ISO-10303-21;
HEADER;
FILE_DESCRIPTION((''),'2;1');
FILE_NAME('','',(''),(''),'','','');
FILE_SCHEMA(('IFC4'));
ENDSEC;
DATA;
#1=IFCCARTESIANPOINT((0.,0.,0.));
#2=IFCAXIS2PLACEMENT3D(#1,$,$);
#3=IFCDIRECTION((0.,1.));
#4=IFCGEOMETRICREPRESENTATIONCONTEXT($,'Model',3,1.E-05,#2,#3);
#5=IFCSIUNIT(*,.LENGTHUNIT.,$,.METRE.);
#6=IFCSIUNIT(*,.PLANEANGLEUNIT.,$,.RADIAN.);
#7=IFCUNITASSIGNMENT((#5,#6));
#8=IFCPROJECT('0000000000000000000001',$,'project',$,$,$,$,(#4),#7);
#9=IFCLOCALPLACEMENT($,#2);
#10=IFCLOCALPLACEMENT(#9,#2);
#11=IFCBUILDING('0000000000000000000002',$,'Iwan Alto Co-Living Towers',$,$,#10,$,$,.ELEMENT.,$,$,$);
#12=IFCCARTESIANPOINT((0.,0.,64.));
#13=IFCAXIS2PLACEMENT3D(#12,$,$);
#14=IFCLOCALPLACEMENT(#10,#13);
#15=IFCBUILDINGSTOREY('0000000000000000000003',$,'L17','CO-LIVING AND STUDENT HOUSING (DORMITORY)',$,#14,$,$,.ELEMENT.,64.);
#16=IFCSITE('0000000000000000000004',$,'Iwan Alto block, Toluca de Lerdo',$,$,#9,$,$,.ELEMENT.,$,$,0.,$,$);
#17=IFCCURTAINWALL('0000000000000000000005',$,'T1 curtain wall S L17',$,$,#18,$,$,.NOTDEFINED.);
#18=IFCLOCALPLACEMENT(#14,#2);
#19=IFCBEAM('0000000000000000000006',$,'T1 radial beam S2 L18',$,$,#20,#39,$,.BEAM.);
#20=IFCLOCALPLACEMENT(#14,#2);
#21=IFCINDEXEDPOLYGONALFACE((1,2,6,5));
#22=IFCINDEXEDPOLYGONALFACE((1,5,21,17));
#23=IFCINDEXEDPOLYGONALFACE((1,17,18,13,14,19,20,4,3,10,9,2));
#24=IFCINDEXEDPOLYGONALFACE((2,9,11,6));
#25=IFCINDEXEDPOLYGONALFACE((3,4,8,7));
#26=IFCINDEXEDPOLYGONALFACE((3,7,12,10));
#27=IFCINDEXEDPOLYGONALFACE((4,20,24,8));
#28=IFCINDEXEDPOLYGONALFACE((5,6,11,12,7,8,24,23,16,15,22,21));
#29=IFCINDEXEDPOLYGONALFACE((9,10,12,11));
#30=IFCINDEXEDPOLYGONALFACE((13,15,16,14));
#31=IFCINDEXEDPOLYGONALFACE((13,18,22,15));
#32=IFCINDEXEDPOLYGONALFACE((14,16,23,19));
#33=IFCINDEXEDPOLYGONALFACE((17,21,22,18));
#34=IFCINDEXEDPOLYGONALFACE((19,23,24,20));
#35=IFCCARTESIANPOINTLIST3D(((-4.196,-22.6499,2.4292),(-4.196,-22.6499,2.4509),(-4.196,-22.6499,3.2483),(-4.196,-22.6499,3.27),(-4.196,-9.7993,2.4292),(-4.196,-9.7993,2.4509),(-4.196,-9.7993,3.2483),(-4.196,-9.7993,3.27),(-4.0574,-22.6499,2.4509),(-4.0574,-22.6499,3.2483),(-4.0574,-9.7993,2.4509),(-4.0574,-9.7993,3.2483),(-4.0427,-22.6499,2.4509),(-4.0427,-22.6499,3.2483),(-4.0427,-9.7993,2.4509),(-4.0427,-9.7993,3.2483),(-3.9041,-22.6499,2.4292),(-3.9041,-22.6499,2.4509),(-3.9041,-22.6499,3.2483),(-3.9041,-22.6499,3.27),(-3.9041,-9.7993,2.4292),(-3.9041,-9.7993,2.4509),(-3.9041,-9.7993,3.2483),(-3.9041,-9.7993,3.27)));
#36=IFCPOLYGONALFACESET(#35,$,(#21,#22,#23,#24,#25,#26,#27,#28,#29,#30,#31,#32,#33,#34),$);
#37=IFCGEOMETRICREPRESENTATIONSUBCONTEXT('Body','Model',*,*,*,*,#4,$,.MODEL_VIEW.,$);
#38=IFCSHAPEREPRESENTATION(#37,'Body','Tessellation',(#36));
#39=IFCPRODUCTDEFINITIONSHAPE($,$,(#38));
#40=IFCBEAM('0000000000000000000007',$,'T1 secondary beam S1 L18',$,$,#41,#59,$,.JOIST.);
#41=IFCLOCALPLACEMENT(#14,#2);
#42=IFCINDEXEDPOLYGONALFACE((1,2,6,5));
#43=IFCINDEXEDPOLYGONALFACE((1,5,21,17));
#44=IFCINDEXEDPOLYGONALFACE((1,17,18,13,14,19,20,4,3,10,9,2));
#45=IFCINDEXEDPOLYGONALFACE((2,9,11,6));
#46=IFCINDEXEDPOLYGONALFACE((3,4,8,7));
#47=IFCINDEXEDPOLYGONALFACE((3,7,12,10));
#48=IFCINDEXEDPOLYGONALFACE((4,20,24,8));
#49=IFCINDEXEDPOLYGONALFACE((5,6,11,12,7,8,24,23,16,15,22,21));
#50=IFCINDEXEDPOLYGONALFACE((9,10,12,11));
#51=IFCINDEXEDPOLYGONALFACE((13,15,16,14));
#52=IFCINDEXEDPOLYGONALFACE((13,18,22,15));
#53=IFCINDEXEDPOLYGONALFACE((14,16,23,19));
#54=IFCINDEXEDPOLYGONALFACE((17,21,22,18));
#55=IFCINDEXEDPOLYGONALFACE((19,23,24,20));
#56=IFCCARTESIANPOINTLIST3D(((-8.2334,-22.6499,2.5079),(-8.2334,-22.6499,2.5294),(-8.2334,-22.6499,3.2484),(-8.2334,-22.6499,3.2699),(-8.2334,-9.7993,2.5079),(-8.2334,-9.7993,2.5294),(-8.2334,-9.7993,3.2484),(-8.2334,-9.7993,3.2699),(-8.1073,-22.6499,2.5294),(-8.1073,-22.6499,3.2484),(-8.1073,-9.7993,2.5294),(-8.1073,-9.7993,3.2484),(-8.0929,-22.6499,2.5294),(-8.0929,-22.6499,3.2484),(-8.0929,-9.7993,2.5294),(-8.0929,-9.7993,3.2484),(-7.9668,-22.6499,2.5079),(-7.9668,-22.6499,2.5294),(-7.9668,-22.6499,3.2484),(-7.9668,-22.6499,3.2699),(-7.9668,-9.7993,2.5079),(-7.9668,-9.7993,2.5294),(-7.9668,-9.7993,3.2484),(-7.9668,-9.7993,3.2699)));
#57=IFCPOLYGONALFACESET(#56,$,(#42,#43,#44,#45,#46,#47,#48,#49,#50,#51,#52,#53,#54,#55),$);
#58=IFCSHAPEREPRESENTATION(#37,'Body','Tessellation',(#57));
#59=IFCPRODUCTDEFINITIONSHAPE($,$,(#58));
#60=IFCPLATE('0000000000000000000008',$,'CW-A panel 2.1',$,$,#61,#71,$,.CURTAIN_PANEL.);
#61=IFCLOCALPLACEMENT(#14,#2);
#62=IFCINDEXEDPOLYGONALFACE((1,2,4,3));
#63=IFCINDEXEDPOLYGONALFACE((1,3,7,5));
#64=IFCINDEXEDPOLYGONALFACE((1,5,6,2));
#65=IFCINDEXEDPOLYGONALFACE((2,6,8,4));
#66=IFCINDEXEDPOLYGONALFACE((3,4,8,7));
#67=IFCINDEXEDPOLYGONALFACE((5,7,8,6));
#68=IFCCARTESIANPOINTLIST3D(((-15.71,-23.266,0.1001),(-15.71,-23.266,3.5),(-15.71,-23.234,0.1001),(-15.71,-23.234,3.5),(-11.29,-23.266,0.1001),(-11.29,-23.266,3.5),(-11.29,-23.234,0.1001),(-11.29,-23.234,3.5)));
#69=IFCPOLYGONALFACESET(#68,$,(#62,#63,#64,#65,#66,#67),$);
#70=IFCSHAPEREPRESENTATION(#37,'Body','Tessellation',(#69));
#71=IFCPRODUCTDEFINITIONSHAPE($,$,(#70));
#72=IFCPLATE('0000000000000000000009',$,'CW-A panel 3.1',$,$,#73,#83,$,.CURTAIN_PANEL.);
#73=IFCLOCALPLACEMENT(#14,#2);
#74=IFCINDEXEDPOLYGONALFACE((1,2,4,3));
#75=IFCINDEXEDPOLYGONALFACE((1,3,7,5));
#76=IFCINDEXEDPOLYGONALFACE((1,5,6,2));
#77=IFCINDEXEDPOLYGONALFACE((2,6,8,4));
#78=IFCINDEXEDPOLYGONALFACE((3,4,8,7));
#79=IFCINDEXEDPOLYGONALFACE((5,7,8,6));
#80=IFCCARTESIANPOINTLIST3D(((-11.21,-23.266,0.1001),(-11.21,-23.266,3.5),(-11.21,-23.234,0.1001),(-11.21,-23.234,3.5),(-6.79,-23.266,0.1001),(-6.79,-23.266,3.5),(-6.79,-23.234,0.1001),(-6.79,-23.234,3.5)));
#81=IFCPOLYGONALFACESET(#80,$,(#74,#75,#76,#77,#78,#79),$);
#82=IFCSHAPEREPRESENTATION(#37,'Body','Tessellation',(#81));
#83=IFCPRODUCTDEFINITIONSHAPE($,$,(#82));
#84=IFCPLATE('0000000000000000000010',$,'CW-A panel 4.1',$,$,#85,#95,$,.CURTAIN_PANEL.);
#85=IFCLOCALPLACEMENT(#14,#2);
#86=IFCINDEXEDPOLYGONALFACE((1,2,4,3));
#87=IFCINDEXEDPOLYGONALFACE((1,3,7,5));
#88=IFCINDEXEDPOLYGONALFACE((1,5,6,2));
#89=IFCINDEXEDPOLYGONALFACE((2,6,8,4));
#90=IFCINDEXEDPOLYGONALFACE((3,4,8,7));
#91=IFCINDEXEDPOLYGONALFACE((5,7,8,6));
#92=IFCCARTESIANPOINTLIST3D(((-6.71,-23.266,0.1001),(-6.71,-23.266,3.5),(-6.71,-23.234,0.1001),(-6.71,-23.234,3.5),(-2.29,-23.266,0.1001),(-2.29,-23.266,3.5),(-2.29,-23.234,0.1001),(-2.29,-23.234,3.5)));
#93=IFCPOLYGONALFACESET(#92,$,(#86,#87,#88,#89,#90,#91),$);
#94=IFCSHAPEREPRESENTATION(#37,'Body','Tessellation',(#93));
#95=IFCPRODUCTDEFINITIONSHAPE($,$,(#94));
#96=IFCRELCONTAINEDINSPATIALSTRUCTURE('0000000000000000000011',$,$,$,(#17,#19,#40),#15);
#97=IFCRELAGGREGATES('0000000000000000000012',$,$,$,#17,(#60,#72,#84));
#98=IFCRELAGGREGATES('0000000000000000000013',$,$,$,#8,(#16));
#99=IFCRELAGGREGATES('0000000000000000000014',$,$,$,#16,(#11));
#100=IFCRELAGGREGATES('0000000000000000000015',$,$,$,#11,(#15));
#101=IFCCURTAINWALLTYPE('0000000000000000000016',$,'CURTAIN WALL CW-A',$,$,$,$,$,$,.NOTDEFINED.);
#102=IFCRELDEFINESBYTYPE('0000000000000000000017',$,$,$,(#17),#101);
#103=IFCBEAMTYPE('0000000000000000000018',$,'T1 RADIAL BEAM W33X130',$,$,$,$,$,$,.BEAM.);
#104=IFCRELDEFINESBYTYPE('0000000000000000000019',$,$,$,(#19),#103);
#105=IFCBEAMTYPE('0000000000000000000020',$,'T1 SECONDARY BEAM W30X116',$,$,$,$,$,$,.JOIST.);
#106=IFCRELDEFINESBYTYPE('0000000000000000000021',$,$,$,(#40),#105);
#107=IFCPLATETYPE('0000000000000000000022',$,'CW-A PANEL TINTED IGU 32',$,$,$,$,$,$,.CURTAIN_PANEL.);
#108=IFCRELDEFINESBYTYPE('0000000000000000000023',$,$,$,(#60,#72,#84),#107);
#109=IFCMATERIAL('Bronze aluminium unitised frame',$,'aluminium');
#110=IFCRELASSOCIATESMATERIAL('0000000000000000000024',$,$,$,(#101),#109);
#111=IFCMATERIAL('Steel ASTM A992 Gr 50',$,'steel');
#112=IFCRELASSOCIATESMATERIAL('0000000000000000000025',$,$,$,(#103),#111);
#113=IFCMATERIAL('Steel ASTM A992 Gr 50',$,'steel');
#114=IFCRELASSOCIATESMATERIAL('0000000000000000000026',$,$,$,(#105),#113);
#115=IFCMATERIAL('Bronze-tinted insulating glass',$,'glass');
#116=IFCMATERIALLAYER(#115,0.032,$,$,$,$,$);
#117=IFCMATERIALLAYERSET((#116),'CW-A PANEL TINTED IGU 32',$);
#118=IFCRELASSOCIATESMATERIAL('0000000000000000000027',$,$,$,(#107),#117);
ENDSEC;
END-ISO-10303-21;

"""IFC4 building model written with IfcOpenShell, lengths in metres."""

from ifc_helpers import new_model, si_unit, direction, frame, origin, origin_2d, place, context, subcontext, project, spatial, rectangle, i_section, extrude, material, layer, layer_set, material_profile, profile_set, type_object, element, aggregate, save


model = new_model("IFC4")

# Units and contexts
model_context = context("Model", 3, precision=1e-05, world=origin(), true_north=direction((0.0, 1.0)))
body_context = subcontext(model_context, "Body", "Model", "MODEL_VIEW")
ifc_project = project(units=[si_unit("LENGTHUNIT", "METRE"), si_unit("PLANEANGLEUNIT", "RADIAN")], contexts=[model_context])

# Site, building, storey
site_placement = place(None, origin())
site = spatial("IfcSite", under=ifc_project, at=site_placement, Name="Iwan Alto block, Toluca de Lerdo", CompositionType="ELEMENT", RefElevation=0.0)
building_placement = place(site_placement, origin())
building = spatial("IfcBuilding", under=site, at=building_placement, Name="Iwan Alto Co-Living Towers", CompositionType="ELEMENT")
storey_placement = place(building_placement, frame((0.0, 0.0, 64.0)))
storey = spatial("IfcBuildingStorey", under=building, at=storey_placement, Name="L17", Description="CO-LIVING AND STUDENT HOUSING (DORMITORY)", CompositionType="ELEMENT", Elevation=64.0)

# Curtain wall
ifc_material_1 = material(Name="Bronze aluminium unitised frame", Category="aluminium")
curtain_wall_type = type_object("IfcCurtainWallType", Name="CURTAIN WALL CW-A", PredefinedType="NOTDEFINED", material=ifc_material_1)
curtain_wall_placement = place(storey_placement, origin())
curtain_wall = element("IfcCurtainWall", 1, at=curtain_wall_placement, inside=storey, type_object=curtain_wall_type, Name="T1 curtain wall S L17", PredefinedType="NOTDEFINED")

# Beams
ifc_material_2 = material(Name="Steel ASTM A992 Gr 50", Category="steel")
ifc_material_profile_1 = material_profile(ifc_material_2, i_section(OverallWidth=0.292, OverallDepth=0.8408, WebThickness=0.0146, FlangeThickness=0.0217, at=origin_2d()), Name="W33X130")
ifc_profile_set_1 = profile_set([ifc_material_profile_1], Name="Steel ASTM A992 Gr 50")
beam_type_1 = type_object("IfcBeamType", Name="T1 RADIAL BEAM W33X130", PredefinedType="BEAM", material=ifc_profile_set_1)
beam_1_placement = place(storey_placement, frame((-4.05, -22.6499, 2.8496), z_axis=(0.0, 1.0, 0.0), x_axis=(-1.0, 0.0, 0.0)))
element("IfcBeam", 2, at=beam_1_placement, inside=storey, type_object=beam_type_1, Name="T1 radial beam S2 L18", PredefinedType="BEAM", context=body_context, shape_type="SweptSolid", body=[
    extrude(i_section(OverallWidth=0.292, OverallDepth=0.8408, WebThickness=0.0146, FlangeThickness=0.0217, at=origin_2d()), origin(), (0.0, 0.0, 1.0), 12.8506),
])
ifc_material_3 = material(Name="Steel ASTM A992 Gr 50", Category="steel")
ifc_material_profile_2 = material_profile(ifc_material_3, i_section(OverallWidth=0.2666, OverallDepth=0.762, WebThickness=0.0144, FlangeThickness=0.0215, at=origin_2d()), Name="W30X116")
ifc_profile_set_2 = profile_set([ifc_material_profile_2], Name="Steel ASTM A992 Gr 50")
beam_type_2 = type_object("IfcBeamType", Name="T1 SECONDARY BEAM W30X116", PredefinedType="JOIST", material=ifc_profile_set_2)
beam_2_placement = place(storey_placement, frame((-8.1001, -22.6499, 2.8889), z_axis=(0.0, 1.0, 0.0), x_axis=(-1.0, 0.0, 0.0)))
element("IfcBeam", 3, at=beam_2_placement, inside=storey, type_object=beam_type_2, Name="T1 secondary beam S1 L18", PredefinedType="JOIST", context=body_context, shape_type="SweptSolid", body=[
    extrude(i_section(OverallWidth=0.2666, OverallDepth=0.762, WebThickness=0.0144, FlangeThickness=0.0215, at=origin_2d()), origin(), (0.0, 0.0, 1.0), 12.8506),
])

# Plates
ifc_material_4 = material(Name="Bronze-tinted insulating glass", Category="glass")
ifc_layer_1 = layer(ifc_material_4, 0.032)
ifc_layer_set_1 = layer_set([ifc_layer_1], Name="CW-A PANEL TINTED IGU 32")
plate_type = type_object("IfcPlateType", Name="CW-A PANEL TINTED IGU 32", PredefinedType="CURTAIN_PANEL", material=ifc_layer_set_1)
plate_1_placement = place(storey_placement, frame((-13.5, -23.25, 0.1001), z_axis=(0.0, 0.0, 1.0), x_axis=(1.0, 0.0, 0.0)))
plate_1 = element("IfcPlate", 4, at=plate_1_placement, type_object=plate_type, Name="CW-A panel 2.1", PredefinedType="CURTAIN_PANEL", context=body_context, shape_type="SweptSolid", body=[
    extrude(rectangle(XDim=4.4199, YDim=0.032, at=origin_2d()), origin(), (0.0, 0.0, 1.0), 3.3999),
])
plate_2_placement = place(storey_placement, frame((-9.0, -23.25, 0.1001), z_axis=(0.0, 0.0, 1.0), x_axis=(1.0, 0.0, 0.0)))
plate_2 = element("IfcPlate", 5, at=plate_2_placement, type_object=plate_type, Name="CW-A panel 3.1", PredefinedType="CURTAIN_PANEL", context=body_context, shape_type="SweptSolid", body=[
    extrude(rectangle(XDim=4.4199, YDim=0.032, at=origin_2d()), origin(), (0.0, 0.0, 1.0), 3.3999),
])
plate_3_placement = place(storey_placement, frame((-4.5, -23.25, 0.1001), z_axis=(0.0, 0.0, 1.0), x_axis=(1.0, 0.0, 0.0)))
plate_3 = element("IfcPlate", 6, at=plate_3_placement, type_object=plate_type, Name="CW-A panel 4.1", PredefinedType="CURTAIN_PANEL", context=body_context, shape_type="SweptSolid", body=[
    extrude(rectangle(XDim=4.4199, YDim=0.032, at=origin_2d()), origin(), (0.0, 0.0, 1.0), 3.3999),
])
aggregate(curtain_wall, [plate_1, plate_2, plate_3])

save(model, "model.ifc")
